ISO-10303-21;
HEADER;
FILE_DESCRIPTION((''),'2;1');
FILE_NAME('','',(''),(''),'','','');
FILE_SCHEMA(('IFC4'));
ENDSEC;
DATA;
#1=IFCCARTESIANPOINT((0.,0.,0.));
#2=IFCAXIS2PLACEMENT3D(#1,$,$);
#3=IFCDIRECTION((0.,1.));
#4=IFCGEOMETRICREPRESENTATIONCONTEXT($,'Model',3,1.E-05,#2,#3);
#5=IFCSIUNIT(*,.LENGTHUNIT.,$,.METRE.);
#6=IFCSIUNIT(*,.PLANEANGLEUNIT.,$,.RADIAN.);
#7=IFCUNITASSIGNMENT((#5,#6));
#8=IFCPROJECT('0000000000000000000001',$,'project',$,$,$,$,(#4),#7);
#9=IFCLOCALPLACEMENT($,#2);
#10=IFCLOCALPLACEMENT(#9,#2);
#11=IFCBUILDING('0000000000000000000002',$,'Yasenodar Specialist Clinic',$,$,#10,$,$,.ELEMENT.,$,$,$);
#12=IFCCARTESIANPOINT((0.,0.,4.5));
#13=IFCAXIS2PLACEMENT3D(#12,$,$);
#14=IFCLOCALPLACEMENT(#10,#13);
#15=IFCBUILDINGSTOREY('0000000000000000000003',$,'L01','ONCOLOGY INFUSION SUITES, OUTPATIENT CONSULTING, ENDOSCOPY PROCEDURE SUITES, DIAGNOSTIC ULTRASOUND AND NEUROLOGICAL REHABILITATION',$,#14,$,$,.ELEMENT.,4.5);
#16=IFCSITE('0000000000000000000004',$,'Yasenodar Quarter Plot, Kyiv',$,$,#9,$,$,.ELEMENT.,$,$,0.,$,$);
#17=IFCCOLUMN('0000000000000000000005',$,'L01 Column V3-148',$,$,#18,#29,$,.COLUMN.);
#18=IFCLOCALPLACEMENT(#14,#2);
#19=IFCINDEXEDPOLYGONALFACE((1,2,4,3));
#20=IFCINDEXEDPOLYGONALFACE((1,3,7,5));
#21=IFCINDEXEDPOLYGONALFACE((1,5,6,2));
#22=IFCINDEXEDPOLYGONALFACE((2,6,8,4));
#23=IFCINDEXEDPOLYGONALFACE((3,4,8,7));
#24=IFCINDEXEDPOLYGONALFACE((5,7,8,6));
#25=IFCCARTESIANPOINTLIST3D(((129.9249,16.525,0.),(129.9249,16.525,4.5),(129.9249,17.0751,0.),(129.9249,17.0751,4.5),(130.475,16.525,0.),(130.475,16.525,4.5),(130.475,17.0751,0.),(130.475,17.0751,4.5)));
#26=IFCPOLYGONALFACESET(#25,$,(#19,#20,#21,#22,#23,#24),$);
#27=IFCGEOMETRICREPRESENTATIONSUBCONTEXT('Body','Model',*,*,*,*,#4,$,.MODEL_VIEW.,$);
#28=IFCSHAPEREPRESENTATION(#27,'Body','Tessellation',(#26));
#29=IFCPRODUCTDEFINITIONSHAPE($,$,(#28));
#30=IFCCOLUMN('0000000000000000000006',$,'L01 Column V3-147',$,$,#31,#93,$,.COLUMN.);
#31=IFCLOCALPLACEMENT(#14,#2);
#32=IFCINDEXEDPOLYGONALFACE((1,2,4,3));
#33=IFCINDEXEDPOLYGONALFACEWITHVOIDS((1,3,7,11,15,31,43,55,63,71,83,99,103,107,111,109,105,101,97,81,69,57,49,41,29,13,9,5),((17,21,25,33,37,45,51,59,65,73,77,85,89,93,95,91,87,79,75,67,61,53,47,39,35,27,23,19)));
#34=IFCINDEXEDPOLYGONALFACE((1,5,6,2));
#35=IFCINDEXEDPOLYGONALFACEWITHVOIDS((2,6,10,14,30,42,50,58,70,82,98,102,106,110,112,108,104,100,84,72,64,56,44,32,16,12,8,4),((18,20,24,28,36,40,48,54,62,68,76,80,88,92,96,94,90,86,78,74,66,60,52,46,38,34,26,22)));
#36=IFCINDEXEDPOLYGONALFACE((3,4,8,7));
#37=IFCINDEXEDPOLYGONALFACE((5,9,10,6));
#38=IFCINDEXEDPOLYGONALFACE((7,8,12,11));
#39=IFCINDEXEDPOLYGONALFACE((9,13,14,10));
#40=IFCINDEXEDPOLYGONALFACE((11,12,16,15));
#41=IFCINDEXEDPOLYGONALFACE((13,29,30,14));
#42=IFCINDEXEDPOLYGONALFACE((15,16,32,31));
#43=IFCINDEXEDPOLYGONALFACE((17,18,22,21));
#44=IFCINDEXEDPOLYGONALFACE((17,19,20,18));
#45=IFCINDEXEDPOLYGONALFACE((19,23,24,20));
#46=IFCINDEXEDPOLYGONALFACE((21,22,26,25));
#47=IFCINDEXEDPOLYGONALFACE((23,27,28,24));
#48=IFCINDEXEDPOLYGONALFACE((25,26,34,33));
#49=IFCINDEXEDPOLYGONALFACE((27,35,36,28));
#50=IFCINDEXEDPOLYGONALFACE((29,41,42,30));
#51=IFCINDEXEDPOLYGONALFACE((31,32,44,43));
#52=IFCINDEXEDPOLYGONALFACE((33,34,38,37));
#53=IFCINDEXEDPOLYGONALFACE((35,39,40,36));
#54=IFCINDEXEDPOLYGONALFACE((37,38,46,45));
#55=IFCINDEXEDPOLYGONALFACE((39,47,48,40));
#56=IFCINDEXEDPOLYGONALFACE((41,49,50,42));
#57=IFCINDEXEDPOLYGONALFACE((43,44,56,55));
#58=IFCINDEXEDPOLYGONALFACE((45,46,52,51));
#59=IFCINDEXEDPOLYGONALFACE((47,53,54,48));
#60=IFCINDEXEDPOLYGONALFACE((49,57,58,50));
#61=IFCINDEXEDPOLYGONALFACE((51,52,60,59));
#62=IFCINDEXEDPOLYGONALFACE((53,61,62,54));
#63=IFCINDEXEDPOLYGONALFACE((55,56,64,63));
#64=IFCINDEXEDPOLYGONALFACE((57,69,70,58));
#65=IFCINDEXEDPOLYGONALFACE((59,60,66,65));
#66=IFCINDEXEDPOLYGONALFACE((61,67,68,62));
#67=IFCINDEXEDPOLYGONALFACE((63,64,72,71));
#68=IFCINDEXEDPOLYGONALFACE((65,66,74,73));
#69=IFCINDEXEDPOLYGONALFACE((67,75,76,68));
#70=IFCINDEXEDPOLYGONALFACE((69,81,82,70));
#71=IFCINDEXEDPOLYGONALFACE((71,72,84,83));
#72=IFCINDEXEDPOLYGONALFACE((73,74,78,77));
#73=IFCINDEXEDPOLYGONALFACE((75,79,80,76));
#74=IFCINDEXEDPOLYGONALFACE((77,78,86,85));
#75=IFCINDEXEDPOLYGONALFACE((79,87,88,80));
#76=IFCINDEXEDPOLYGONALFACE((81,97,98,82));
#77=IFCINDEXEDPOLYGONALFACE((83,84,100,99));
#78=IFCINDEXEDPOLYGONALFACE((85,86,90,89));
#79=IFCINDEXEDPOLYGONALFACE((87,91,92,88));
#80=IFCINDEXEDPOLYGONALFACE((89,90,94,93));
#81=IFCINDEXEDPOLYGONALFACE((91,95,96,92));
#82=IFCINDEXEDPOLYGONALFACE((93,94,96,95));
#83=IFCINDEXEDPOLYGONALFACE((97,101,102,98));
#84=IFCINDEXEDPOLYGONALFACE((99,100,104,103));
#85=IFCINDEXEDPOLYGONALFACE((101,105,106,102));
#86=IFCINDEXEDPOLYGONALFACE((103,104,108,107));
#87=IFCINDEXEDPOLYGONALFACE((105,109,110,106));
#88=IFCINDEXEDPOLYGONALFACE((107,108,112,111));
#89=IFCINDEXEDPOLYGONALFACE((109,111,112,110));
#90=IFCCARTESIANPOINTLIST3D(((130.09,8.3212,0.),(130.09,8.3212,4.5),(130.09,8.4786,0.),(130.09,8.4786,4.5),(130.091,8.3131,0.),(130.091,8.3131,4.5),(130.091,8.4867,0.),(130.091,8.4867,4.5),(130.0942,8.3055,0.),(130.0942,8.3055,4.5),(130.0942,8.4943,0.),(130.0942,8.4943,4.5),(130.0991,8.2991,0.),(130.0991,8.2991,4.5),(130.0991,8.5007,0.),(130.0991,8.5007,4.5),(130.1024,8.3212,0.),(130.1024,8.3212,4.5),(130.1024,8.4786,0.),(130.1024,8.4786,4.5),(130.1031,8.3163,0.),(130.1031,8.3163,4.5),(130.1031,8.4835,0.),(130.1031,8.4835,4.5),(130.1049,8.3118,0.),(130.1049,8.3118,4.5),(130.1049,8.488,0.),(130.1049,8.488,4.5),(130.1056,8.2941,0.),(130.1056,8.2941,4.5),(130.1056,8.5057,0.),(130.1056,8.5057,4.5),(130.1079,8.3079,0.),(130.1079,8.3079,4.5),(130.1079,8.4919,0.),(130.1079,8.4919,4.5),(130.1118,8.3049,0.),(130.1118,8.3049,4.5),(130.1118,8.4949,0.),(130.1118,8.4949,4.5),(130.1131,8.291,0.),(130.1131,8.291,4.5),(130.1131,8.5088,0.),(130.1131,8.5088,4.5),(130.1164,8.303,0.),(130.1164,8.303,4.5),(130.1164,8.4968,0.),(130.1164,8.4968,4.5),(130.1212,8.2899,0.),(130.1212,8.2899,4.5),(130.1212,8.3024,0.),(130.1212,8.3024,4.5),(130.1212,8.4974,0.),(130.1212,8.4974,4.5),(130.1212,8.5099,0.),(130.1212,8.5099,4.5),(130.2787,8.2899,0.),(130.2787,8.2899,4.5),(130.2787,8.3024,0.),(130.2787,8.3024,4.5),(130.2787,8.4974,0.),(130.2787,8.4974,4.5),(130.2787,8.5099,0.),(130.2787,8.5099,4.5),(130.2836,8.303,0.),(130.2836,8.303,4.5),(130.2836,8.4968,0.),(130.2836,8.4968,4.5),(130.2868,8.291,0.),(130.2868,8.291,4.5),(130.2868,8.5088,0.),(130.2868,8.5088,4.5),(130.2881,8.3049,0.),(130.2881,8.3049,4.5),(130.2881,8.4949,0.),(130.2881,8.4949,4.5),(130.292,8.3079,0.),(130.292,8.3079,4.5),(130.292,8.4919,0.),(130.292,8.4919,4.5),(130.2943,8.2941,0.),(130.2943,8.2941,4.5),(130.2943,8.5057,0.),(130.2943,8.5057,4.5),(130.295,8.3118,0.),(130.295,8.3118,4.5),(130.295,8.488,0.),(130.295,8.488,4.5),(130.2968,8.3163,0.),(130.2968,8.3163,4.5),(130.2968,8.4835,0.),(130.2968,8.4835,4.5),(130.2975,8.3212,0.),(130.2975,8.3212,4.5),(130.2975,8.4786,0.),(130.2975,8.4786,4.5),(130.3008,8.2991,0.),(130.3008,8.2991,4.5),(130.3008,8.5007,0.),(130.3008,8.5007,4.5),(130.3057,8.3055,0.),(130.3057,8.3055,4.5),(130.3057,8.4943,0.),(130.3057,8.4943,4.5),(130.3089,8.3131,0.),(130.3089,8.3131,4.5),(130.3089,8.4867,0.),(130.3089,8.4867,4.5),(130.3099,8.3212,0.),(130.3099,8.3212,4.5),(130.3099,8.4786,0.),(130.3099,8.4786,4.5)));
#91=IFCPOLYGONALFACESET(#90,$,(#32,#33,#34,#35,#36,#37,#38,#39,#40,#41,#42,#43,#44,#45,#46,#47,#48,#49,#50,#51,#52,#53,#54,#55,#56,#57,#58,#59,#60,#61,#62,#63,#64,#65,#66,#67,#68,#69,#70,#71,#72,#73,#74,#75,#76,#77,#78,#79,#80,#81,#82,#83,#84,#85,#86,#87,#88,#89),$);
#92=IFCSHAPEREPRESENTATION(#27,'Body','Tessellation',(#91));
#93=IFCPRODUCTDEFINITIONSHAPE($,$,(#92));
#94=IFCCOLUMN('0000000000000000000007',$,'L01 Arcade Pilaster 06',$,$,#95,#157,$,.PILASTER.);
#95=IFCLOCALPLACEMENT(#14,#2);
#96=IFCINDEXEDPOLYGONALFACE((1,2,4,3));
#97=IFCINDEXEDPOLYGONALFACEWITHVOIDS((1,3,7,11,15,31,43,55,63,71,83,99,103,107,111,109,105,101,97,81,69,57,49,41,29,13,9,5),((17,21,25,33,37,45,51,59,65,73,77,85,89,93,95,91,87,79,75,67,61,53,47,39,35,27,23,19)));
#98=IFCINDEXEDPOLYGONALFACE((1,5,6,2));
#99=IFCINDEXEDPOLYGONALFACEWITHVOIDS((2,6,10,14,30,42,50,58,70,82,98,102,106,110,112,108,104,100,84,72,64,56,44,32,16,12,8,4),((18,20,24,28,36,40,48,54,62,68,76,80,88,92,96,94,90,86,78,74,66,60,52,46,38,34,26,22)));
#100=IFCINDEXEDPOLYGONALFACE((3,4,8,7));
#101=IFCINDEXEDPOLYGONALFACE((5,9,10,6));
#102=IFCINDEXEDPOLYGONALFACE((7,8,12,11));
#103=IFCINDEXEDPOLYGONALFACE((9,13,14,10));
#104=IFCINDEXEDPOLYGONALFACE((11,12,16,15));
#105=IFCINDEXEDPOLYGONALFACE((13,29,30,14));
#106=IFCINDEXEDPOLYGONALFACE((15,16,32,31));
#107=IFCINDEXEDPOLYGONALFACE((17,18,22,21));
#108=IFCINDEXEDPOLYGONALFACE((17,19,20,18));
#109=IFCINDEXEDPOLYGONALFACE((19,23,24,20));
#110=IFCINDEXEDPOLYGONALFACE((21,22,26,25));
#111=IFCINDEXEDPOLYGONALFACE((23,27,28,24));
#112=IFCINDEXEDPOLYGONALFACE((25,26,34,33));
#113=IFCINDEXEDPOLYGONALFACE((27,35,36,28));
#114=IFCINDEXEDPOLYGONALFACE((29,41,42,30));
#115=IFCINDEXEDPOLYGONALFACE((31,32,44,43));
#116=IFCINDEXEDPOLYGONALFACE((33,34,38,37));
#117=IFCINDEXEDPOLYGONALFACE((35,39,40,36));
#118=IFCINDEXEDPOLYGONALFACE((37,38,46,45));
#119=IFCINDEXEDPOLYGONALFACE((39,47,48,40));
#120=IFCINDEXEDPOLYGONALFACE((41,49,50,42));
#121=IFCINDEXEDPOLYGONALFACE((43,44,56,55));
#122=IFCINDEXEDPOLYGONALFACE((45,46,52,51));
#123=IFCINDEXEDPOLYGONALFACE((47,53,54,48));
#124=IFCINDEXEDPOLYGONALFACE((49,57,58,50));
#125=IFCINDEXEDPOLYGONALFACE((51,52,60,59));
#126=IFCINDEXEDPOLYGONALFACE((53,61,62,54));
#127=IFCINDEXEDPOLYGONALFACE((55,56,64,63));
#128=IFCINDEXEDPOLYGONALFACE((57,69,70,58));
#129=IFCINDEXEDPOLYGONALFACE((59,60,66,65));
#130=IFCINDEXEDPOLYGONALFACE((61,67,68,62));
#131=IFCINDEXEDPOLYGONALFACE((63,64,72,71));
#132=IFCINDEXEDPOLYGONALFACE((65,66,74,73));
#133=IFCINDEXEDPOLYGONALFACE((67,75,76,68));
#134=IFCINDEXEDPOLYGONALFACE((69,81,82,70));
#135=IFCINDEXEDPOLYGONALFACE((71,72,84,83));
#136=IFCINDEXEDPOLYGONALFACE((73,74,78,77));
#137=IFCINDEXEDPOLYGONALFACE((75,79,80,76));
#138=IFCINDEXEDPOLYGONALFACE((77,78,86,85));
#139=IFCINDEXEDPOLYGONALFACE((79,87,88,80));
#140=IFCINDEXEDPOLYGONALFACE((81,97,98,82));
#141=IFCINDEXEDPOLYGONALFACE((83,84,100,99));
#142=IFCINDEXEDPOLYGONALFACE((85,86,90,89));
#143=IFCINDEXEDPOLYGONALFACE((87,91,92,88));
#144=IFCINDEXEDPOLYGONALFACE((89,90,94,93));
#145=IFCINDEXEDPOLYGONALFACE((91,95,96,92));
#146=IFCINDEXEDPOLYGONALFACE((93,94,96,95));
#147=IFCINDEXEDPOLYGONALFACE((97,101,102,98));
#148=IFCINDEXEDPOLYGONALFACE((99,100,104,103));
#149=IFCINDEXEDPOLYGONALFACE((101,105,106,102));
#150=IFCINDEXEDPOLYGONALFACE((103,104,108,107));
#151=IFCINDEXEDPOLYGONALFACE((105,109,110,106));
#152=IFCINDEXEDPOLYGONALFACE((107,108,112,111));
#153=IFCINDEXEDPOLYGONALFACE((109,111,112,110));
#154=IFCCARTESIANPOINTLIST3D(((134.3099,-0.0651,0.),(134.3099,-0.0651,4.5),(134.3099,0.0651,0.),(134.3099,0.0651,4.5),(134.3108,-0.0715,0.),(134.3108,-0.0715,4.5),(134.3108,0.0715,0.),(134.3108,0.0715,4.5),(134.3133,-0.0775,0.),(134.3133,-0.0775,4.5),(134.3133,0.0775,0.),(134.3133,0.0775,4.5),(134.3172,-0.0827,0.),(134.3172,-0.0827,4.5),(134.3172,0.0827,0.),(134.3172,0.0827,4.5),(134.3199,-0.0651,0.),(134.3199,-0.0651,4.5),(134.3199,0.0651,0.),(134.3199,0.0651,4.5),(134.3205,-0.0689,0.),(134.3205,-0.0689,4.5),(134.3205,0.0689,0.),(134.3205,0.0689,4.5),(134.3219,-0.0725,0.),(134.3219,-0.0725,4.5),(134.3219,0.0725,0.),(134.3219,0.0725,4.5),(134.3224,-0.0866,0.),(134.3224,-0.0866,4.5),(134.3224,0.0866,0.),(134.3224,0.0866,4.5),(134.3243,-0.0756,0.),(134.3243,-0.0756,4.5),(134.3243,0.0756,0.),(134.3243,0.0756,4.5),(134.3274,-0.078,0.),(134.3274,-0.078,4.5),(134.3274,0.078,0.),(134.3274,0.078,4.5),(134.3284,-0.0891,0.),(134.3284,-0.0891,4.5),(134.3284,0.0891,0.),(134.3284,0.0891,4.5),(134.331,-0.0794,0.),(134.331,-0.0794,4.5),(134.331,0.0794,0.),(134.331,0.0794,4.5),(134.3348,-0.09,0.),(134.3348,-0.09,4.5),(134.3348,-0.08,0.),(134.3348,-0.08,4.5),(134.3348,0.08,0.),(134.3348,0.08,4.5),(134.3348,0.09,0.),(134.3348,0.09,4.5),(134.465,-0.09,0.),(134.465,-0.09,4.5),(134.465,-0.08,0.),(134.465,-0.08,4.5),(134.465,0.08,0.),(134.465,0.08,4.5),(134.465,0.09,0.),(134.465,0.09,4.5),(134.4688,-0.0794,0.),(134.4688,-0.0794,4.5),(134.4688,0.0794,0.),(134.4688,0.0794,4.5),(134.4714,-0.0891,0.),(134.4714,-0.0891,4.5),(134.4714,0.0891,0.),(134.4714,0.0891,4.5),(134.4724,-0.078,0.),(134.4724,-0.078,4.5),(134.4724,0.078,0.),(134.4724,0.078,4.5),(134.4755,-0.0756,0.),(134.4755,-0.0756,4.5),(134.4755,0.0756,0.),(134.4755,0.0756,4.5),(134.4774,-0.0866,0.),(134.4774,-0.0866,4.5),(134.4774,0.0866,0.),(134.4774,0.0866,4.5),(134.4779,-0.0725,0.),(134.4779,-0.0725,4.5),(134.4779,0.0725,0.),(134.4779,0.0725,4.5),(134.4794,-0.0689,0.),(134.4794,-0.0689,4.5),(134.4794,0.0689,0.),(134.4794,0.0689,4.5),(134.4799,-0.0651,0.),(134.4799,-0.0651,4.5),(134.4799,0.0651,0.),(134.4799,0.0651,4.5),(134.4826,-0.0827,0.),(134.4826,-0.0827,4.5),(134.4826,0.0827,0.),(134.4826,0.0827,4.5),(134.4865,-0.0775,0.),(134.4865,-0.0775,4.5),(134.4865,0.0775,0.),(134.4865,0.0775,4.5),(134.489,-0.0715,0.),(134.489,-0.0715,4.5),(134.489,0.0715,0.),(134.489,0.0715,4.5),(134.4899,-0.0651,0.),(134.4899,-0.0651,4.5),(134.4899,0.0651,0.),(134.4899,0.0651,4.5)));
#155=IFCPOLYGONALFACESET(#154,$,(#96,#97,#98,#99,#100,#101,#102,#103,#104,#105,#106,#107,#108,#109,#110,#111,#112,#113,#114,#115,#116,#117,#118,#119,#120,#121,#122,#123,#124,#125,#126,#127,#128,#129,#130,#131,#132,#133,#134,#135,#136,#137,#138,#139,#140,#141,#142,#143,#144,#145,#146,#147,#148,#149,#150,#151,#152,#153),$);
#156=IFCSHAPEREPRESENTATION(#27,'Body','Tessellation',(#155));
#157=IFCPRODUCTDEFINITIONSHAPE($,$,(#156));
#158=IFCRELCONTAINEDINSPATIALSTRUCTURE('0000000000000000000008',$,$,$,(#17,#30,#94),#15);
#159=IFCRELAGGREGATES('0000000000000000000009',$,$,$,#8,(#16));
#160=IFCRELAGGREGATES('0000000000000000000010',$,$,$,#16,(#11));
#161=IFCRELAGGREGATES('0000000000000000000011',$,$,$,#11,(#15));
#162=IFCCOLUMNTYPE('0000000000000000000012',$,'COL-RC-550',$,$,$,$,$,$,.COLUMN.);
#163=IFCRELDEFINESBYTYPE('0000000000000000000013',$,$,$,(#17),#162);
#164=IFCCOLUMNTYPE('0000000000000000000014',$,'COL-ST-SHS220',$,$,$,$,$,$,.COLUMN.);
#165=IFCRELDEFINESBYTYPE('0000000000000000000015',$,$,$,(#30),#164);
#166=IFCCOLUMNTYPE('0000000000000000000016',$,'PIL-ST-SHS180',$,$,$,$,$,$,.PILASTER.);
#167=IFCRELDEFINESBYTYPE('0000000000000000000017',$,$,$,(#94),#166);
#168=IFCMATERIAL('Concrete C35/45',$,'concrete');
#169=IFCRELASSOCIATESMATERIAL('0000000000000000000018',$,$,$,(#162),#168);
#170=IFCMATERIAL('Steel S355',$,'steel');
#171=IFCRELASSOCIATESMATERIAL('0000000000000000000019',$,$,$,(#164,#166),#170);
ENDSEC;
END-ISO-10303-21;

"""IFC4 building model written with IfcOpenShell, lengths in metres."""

from ifc_helpers import new_model, si_unit, direction, frame, origin, origin_2d, place, context, subcontext, project, spatial, rectangle, hollow_rectangle, extrude, material, material_profile, profile_set, type_object, element, save


model = new_model("IFC4")

# Units and contexts
model_context = context("Model", 3, precision=1e-05, world=origin(), true_north=direction((0.0, 1.0)))
body_context = subcontext(model_context, "Body", "Model", "MODEL_VIEW")
ifc_project = project(units=[si_unit("LENGTHUNIT", "METRE"), si_unit("PLANEANGLEUNIT", "RADIAN")], contexts=[model_context])

# Site, building, storey
site_placement = place(None, origin())
site = spatial("IfcSite", under=ifc_project, at=site_placement, Name="Yasenodar Quarter Plot, Kyiv", CompositionType="ELEMENT", RefElevation=0.0)
building_placement = place(site_placement, origin())
building = spatial("IfcBuilding", under=site, at=building_placement, Name="Yasenodar Specialist Clinic", CompositionType="ELEMENT")
storey_placement = place(building_placement, frame((0.0, 0.0, 4.5)))
storey = spatial("IfcBuildingStorey", under=building, at=storey_placement, Name="L01", Description="ONCOLOGY INFUSION SUITES, OUTPATIENT CONSULTING, ENDOSCOPY PROCEDURE SUITES, DIAGNOSTIC ULTRASOUND AND NEUROLOGICAL REHABILITATION", CompositionType="ELEMENT", Elevation=4.5)

# Columns
ifc_material_1 = material(Name="Concrete C35/45", Category="concrete")
ifc_material_profile_1 = material_profile(ifc_material_1, rectangle(XDim=0.55, YDim=0.55, at=origin_2d()), Name="RC 550x550")
ifc_profile_set_1 = profile_set([ifc_material_profile_1], Name="Concrete C35/45")
column_type_1 = type_object("IfcColumnType", Name="COL-RC-550", PredefinedType="COLUMN", material=ifc_profile_set_1)
column_1_placement = place(storey_placement, frame((130.2, 16.8, 0.0), z_axis=(0.0, 0.0, 1.0), x_axis=(1.0, 0.0, 0.0)))
element("IfcColumn", 1, at=column_1_placement, inside=storey, type_object=column_type_1, Name="L01 Column V3-148", PredefinedType="COLUMN", context=body_context, shape_type="SweptSolid", body=[
    extrude(rectangle(XDim=0.55, YDim=0.55, at=origin_2d()), origin(), (0.0, 0.0, 1.0), 4.5),
])
ifc_material_2 = material(Name="Steel S355", Category="steel")
ifc_material_profile_2 = material_profile(ifc_material_2, hollow_rectangle(XDim=0.22, YDim=0.22, WallThickness=0.0125, InnerFilletRadius=0.0188, OuterFilletRadius=0.0312, at=origin_2d()), Name="SHS 220x220x12.5")
ifc_profile_set_2 = profile_set([ifc_material_profile_2], Name="Steel S355")
column_type_2 = type_object("IfcColumnType", Name="COL-ST-SHS220", PredefinedType="COLUMN", material=ifc_profile_set_2)
column_2_placement = place(storey_placement, frame((130.2, 8.3999, 0.0), z_axis=(0.0, 0.0, 1.0), x_axis=(1.0, 0.0, 0.0)))
element("IfcColumn", 2, at=column_2_placement, inside=storey, type_object=column_type_2, Name="L01 Column V3-147", PredefinedType="COLUMN", context=body_context, shape_type="SweptSolid", body=[
    extrude(hollow_rectangle(XDim=0.22, YDim=0.22, WallThickness=0.0125, InnerFilletRadius=0.0188, OuterFilletRadius=0.0312, at=origin_2d()), origin(), (0.0, 0.0, 1.0), 4.5),
])
ifc_material_profile_3 = material_profile(ifc_material_2, hollow_rectangle(XDim=0.1799, YDim=0.1799, WallThickness=0.01, InnerFilletRadius=0.0149, OuterFilletRadius=0.0249, at=origin_2d()), Name="SHS 180x180x10")
ifc_profile_set_3 = profile_set([ifc_material_profile_3], Name="Steel S355")
column_type_3 = type_object("IfcColumnType", Name="PIL-ST-SHS180", PredefinedType="PILASTER", material=ifc_profile_set_3)
column_3_placement = place(storey_placement, frame((134.3999, 0.0, 0.0), z_axis=(0.0, 0.0, 1.0), x_axis=(1.0, 0.0, 0.0)))
element("IfcColumn", 3, at=column_3_placement, inside=storey, type_object=column_type_3, Name="L01 Arcade Pilaster 06", PredefinedType="PILASTER", context=body_context, shape_type="SweptSolid", body=[
    extrude(hollow_rectangle(XDim=0.1799, YDim=0.1799, WallThickness=0.01, InnerFilletRadius=0.0149, OuterFilletRadius=0.0249, at=origin_2d()), origin(), (0.0, 0.0, 1.0), 4.5),
])

save(model, "model.ifc")
